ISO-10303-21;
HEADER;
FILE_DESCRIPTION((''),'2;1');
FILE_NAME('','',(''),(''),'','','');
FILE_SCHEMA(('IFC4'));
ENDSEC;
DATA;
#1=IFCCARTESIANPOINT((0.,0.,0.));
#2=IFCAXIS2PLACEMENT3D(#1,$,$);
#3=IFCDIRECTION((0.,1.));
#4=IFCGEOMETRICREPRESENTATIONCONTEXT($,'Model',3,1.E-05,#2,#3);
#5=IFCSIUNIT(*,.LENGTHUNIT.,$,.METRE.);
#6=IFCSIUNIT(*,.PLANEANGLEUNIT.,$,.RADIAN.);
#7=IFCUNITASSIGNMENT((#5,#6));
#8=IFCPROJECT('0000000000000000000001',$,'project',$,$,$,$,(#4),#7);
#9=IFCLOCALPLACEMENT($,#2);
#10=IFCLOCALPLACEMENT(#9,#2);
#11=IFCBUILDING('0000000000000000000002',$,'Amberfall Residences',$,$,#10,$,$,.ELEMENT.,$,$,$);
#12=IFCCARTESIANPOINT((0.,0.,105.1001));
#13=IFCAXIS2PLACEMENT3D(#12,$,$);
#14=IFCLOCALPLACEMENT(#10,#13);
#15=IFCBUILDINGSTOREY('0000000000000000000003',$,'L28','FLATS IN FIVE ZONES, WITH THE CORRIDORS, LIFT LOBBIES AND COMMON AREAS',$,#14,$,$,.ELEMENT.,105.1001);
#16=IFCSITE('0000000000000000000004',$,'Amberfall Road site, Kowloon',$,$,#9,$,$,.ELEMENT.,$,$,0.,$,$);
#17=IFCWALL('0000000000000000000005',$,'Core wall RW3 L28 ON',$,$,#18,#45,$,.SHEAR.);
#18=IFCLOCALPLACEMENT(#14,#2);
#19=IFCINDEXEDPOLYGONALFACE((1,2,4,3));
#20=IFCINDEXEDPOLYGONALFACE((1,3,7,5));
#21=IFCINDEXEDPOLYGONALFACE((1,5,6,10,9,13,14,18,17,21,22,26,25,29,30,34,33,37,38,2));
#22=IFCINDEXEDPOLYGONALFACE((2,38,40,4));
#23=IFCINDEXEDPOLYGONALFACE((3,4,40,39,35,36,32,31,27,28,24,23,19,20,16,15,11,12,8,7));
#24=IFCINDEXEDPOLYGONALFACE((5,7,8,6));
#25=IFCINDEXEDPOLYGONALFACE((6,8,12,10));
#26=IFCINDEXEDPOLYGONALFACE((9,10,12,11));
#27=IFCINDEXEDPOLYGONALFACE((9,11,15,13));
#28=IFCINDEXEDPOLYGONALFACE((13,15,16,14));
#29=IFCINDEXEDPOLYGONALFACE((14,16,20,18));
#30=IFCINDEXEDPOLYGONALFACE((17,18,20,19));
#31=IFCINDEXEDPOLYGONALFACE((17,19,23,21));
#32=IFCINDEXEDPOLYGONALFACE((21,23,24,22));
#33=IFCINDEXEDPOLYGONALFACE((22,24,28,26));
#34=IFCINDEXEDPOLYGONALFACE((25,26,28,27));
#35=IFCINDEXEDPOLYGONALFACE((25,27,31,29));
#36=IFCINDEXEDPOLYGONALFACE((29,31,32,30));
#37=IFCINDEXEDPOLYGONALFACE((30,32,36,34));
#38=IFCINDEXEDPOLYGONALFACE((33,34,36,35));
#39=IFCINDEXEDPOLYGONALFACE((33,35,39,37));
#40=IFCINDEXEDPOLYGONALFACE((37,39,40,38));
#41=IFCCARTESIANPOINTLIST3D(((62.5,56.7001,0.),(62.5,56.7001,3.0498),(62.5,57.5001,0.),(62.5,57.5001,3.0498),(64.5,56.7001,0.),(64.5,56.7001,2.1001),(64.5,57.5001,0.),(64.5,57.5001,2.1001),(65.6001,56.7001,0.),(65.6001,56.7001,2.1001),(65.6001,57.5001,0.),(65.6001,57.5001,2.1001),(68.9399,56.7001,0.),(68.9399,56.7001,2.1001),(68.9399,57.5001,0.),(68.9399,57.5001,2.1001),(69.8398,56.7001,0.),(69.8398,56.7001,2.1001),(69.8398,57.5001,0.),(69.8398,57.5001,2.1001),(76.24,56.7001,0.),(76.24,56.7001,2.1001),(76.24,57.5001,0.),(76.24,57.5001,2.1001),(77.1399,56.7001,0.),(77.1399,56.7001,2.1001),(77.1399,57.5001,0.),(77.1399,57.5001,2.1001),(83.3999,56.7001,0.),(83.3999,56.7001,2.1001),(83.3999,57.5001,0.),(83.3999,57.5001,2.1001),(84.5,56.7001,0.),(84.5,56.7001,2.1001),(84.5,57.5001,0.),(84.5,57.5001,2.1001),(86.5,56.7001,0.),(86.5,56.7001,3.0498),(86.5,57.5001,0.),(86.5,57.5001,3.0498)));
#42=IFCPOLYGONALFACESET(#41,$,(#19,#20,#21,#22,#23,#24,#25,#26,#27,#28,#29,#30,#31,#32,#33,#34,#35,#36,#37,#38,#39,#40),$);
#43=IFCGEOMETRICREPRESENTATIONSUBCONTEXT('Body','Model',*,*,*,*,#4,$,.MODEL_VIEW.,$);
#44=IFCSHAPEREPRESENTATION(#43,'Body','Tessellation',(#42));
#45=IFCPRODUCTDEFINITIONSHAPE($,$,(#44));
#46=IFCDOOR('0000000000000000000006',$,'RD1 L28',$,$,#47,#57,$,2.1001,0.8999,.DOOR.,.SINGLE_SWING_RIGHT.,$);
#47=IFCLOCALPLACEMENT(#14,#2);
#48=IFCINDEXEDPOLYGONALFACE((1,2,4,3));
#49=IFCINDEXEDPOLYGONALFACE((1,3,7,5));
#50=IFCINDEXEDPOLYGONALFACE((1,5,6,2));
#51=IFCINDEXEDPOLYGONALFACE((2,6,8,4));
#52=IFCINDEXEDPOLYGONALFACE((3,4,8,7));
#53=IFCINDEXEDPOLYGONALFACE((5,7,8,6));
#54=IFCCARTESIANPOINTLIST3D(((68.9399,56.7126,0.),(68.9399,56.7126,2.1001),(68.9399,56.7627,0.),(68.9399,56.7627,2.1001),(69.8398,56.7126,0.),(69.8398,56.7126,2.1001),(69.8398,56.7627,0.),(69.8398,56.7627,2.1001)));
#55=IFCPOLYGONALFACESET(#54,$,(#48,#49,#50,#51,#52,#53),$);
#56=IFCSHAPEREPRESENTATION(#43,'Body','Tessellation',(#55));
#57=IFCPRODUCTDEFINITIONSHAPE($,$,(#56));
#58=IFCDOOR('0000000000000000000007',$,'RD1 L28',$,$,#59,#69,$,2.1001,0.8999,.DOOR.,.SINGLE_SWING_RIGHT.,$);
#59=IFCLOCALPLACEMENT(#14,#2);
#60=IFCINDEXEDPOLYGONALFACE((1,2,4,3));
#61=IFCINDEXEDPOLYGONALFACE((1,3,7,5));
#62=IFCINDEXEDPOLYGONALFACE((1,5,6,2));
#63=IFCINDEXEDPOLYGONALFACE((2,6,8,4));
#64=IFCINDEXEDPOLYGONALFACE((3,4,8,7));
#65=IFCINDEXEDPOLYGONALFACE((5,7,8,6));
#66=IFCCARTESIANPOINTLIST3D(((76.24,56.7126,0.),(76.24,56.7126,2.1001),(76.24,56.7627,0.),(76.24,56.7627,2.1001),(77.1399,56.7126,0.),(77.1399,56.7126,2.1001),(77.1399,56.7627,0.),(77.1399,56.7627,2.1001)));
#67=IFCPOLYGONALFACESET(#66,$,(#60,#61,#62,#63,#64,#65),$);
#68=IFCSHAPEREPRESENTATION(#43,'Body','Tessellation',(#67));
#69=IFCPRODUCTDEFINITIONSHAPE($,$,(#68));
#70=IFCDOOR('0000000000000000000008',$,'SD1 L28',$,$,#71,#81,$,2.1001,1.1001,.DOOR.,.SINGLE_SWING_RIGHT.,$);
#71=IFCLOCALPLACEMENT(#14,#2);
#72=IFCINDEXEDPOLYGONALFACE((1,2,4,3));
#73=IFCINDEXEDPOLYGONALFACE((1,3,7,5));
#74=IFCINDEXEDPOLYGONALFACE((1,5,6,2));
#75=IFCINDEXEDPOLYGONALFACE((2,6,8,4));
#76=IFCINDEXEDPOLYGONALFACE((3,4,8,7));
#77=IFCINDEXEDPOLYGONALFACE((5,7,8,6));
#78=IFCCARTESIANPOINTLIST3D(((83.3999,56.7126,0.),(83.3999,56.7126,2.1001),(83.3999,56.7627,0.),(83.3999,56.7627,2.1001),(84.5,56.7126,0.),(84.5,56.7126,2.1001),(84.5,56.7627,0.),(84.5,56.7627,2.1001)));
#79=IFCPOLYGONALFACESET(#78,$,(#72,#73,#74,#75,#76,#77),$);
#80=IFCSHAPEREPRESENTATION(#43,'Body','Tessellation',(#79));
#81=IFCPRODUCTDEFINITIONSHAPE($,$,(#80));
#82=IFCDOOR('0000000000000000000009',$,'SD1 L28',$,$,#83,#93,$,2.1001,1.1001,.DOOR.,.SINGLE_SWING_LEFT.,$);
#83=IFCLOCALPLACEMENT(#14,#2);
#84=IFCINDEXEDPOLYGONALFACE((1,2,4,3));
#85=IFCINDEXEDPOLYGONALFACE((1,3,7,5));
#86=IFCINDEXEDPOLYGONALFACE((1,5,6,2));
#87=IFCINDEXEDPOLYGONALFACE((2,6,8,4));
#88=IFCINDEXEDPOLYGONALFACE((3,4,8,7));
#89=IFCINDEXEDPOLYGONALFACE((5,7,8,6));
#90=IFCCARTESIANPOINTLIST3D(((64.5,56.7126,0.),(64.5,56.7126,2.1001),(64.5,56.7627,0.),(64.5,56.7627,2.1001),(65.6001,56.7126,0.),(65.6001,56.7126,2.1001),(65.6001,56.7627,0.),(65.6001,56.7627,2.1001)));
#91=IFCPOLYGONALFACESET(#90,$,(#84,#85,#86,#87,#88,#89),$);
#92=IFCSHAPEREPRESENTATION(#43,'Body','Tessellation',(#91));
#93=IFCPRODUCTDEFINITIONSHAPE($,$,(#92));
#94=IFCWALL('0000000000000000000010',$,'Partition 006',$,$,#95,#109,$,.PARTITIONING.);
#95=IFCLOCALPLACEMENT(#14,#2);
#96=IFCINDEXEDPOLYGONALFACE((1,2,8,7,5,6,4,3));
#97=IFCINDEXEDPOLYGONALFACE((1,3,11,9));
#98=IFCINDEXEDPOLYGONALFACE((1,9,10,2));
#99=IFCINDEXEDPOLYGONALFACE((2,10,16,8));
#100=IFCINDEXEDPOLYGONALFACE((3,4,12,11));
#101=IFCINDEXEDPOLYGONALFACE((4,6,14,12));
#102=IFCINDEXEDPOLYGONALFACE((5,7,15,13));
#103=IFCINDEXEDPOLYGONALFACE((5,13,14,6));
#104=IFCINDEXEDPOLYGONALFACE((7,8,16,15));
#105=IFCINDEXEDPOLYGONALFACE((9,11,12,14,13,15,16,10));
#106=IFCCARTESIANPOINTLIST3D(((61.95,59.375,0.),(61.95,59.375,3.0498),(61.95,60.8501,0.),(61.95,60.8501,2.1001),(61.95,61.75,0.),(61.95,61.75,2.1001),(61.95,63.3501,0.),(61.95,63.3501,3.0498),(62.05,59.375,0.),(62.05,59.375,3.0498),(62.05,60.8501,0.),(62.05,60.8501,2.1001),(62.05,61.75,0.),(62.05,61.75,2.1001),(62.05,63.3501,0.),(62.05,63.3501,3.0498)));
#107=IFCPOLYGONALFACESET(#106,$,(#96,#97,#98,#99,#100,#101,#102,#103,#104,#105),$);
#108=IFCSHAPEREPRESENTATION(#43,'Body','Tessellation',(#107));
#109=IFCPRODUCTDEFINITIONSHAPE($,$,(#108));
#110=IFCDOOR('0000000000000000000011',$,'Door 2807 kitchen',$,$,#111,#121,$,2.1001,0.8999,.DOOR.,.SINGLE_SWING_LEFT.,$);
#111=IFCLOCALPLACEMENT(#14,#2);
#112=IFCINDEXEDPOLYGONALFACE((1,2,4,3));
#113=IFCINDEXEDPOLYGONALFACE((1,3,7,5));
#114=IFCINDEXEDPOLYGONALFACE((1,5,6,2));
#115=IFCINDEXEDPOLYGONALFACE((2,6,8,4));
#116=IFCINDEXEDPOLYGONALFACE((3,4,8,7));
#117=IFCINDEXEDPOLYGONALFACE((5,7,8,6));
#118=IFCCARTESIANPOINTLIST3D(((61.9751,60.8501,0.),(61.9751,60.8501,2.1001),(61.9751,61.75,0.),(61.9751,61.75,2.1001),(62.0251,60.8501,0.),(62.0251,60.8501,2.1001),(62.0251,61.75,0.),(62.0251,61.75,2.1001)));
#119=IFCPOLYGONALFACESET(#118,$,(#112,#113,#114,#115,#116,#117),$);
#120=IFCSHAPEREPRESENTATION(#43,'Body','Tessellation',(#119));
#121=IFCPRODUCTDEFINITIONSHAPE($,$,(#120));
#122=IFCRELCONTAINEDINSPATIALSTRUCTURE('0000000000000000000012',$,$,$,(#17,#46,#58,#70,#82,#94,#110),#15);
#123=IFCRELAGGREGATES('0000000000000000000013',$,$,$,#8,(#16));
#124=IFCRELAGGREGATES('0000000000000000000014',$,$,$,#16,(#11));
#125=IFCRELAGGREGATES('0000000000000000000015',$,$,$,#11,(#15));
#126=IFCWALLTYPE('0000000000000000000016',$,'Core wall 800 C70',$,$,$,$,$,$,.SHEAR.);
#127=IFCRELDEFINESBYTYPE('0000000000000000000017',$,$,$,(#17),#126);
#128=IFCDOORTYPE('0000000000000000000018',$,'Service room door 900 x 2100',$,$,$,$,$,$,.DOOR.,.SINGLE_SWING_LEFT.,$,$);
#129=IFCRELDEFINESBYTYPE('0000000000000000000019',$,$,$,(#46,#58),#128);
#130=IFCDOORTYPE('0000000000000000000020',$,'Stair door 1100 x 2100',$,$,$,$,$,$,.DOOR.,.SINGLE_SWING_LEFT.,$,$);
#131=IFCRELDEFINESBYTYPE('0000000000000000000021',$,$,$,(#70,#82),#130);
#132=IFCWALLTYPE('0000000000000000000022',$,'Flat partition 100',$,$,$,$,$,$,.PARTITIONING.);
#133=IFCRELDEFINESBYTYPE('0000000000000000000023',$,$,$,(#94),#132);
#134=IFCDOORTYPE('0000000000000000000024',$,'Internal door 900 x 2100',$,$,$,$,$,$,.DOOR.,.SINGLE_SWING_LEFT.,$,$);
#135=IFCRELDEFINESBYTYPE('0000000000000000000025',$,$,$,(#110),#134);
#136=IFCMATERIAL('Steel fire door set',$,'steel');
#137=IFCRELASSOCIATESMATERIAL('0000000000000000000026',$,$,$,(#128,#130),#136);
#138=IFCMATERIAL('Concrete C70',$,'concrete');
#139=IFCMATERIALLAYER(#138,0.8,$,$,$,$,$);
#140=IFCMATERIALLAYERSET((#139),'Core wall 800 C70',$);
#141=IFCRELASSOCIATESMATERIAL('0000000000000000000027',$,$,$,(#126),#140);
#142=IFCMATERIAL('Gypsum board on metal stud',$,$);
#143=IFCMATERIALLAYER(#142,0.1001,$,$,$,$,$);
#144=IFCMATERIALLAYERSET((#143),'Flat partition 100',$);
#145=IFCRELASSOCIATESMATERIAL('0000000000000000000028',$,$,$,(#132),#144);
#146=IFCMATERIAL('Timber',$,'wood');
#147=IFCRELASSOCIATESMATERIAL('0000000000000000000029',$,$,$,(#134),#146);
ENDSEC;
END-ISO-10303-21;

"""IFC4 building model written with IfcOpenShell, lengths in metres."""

from ifc_helpers import new_model, si_unit, direction, frame, frame_2d, origin, place, context, subcontext, project, spatial, rectangle, extrude, material, layer, layer_set, type_object, element, fill, save


model = new_model("IFC4")

# Units and contexts
model_context = context("Model", 3, precision=1e-05, world=origin(), true_north=direction((0.0, 1.0)))
body_context = subcontext(model_context, "Body", "Model", "MODEL_VIEW")
ifc_project = project(units=[si_unit("LENGTHUNIT", "METRE"), si_unit("PLANEANGLEUNIT", "RADIAN")], contexts=[model_context])

# Site, building, storey
site_placement = place(None, origin())
site = spatial("IfcSite", under=ifc_project, at=site_placement, Name="Amberfall Road site, Kowloon", CompositionType="ELEMENT", RefElevation=0.0)
building_placement = place(site_placement, origin())
building = spatial("IfcBuilding", under=site, at=building_placement, Name="Amberfall Residences", CompositionType="ELEMENT")
storey_placement = place(building_placement, frame((0.0, 0.0, 105.1001)))
storey = spatial("IfcBuildingStorey", under=building, at=storey_placement, Name="L28", Description="FLATS IN FIVE ZONES, WITH THE CORRIDORS, LIFT LOBBIES AND COMMON AREAS", CompositionType="ELEMENT", Elevation=105.1001)

# Shared definitions
ifc_material_1 = material(Name="Concrete C70", Category="concrete")
ifc_material_2 = material(Name="Steel fire door set", Category="steel")
door_type_1 = type_object("IfcDoorType", Name="Service room door 900 x 2100", OperationType="SINGLE_SWING_LEFT", PredefinedType="DOOR", material=ifc_material_2)

# Wall, openings, doors
ifc_layer_1 = layer(ifc_material_1, 0.8)
ifc_layer_set_1 = layer_set([ifc_layer_1], Name="Core wall 800 C70")
wall_type_1 = type_object("IfcWallType", Name="Core wall 800 C70", PredefinedType="SHEAR", material=ifc_layer_set_1)
wall_1_placement = place(storey_placement, frame((62.5, 57.1001, 0.0), z_axis=(0.0, 0.0, 1.0), x_axis=(1.0, 0.0, 0.0)))
wall_1 = element("IfcWall", 1, at=wall_1_placement, inside=storey, type_object=wall_type_1, Name="Core wall RW3 L28 ON", PredefinedType="SHEAR", context=body_context, shape_type="SweptSolid", body=[
    extrude(rectangle(XDim=24.0, YDim=0.8, at=frame_2d((12.0, 0.0))), origin(), (0.0, 0.0, 1.0), 3.0498),
])
opening_1_placement = place(wall_1_placement, frame((20.8999, 0.0, 0.0)))
opening_1 = element("IfcOpeningElement", 2, at=opening_1_placement, cuts=wall_1, PredefinedType="OPENING", context=body_context, shape_type="SweptSolid", body=[
    extrude(rectangle(XDim=1.1001, YDim=2.1001, at=frame_2d((0.55, 1.05))), frame((0.0, 0.4099, 0.0), z_axis=(0.0, -1.0, 0.0), x_axis=(1.0, 0.0, 0.0)), (0.0, 0.0, 1.0), 0.8201),
])
opening_2_placement = place(wall_1_placement, frame((2.0, 0.0, 0.0)))
opening_2 = element("IfcOpeningElement", 3, at=opening_2_placement, cuts=wall_1, PredefinedType="OPENING", context=body_context, shape_type="SweptSolid", body=[
    extrude(rectangle(XDim=1.1001, YDim=2.1001, at=frame_2d((0.55, 1.05))), frame((0.0, 0.4099, 0.0), z_axis=(0.0, -1.0, 0.0), x_axis=(1.0, 0.0, 0.0)), (0.0, 0.0, 1.0), 0.8201),
])
opening_3_placement = place(wall_1_placement, frame((6.4399, 0.0, 0.0)))
opening_3 = element("IfcOpeningElement", 4, at=opening_3_placement, cuts=wall_1, PredefinedType="OPENING", context=body_context, shape_type="SweptSolid", body=[
    extrude(rectangle(XDim=0.8999, YDim=2.1001, at=frame_2d((0.45, 1.05))), frame((0.0, 0.4099, 0.0), z_axis=(0.0, -1.0, 0.0), x_axis=(1.0, 0.0, 0.0)), (0.0, 0.0, 1.0), 0.8201),
])
opening_4_placement = place(wall_1_placement, frame((13.74, 0.0, 0.0)))
opening_4 = element("IfcOpeningElement", 5, at=opening_4_placement, cuts=wall_1, PredefinedType="OPENING", context=body_context, shape_type="SweptSolid", body=[
    extrude(rectangle(XDim=0.8999, YDim=2.1001, at=frame_2d((0.45, 1.05))), frame((0.0, 0.4099, 0.0), z_axis=(0.0, -1.0, 0.0), x_axis=(1.0, 0.0, 0.0)), (0.0, 0.0, 1.0), 0.8201),
])
door_1_placement = place(opening_3_placement, origin())
door_1 = element("IfcDoor", 6, at=door_1_placement, inside=storey, type_object=door_type_1, Name="RD1 L28", OperationType="SINGLE_SWING_RIGHT", OverallHeight=2.1001, OverallWidth=0.8999, PredefinedType="DOOR", context=body_context, shape_type="SweptSolid", body=[
    extrude(rectangle(XDim=0.8999, YDim=2.1001, at=frame_2d((0.45, 1.05))), frame((0.0, -0.3374, 0.0), z_axis=(0.0, -1.0, 0.0), x_axis=(1.0, 0.0, 0.0)), (0.0, 0.0, 1.0), 0.05),
])
fill(opening_3, door_1)
door_2_placement = place(opening_4_placement, origin())
door_2 = element("IfcDoor", 7, at=door_2_placement, inside=storey, type_object=door_type_1, Name="RD1 L28", OperationType="SINGLE_SWING_RIGHT", OverallHeight=2.1001, OverallWidth=0.8999, PredefinedType="DOOR", context=body_context, shape_type="SweptSolid", body=[
    extrude(rectangle(XDim=0.8999, YDim=2.1001, at=frame_2d((0.45, 1.05))), frame((0.0, -0.3374, 0.0), z_axis=(0.0, -1.0, 0.0), x_axis=(1.0, 0.0, 0.0)), (0.0, 0.0, 1.0), 0.05),
])
fill(opening_4, door_2)
door_type_2 = type_object("IfcDoorType", Name="Stair door 1100 x 2100", OperationType="SINGLE_SWING_LEFT", PredefinedType="DOOR", material=ifc_material_2)
door_3_placement = place(opening_1_placement, origin())
door_3 = element("IfcDoor", 8, at=door_3_placement, inside=storey, type_object=door_type_2, Name="SD1 L28", OperationType="SINGLE_SWING_RIGHT", OverallHeight=2.1001, OverallWidth=1.1001, PredefinedType="DOOR", context=body_context, shape_type="SweptSolid", body=[
    extrude(rectangle(XDim=1.1001, YDim=2.1001, at=frame_2d((0.55, 1.05))), frame((0.0, -0.3374, 0.0), z_axis=(0.0, -1.0, 0.0), x_axis=(1.0, 0.0, 0.0)), (0.0, 0.0, 1.0), 0.05),
])
fill(opening_1, door_3)
door_4_placement = place(opening_2_placement, origin())
door_4 = element("IfcDoor", 9, at=door_4_placement, inside=storey, type_object=door_type_2, Name="SD1 L28", OperationType="SINGLE_SWING_LEFT", OverallHeight=2.1001, OverallWidth=1.1001, PredefinedType="DOOR", context=body_context, shape_type="SweptSolid", body=[
    extrude(rectangle(XDim=1.1001, YDim=2.1001, at=frame_2d((0.55, 1.05))), frame((0.0, -0.3374, 0.0), z_axis=(0.0, -1.0, 0.0), x_axis=(1.0, 0.0, 0.0)), (0.0, 0.0, 1.0), 0.05),
])
fill(opening_2, door_4)

# Wall, opening, door
ifc_material_3 = material(Name="Gypsum board on metal stud")
ifc_layer_2 = layer(ifc_material_3, 0.1001)
ifc_layer_set_2 = layer_set([ifc_layer_2], Name="Flat partition 100")
wall_type_2 = type_object("IfcWallType", Name="Flat partition 100", PredefinedType="PARTITIONING", material=ifc_layer_set_2)
wall_2_placement = place(storey_placement, frame((62.0, 59.375, 0.0), z_axis=(0.0, 0.0, 1.0), x_axis=(0.0, 1.0, 0.0)))
wall_2 = element("IfcWall", 10, at=wall_2_placement, inside=storey, type_object=wall_type_2, Name="Partition 006", PredefinedType="PARTITIONING", context=body_context, shape_type="SweptSolid", body=[
    extrude(rectangle(XDim=3.9751, YDim=0.1001, at=frame_2d((1.9875, 0.0))), origin(), (0.0, 0.0, 1.0), 3.0498),
])
opening_5_placement = place(wall_2_placement, frame((1.4751, 0.0, 0.0)))
opening_5 = element("IfcOpeningElement", 11, at=opening_5_placement, cuts=wall_2, PredefinedType="OPENING", context=body_context, shape_type="SweptSolid", body=[
    extrude(rectangle(XDim=0.8999, YDim=2.1001, at=frame_2d((0.45, 1.05))), frame((0.0, 0.0601, 0.0), z_axis=(0.0, -1.0, 0.0), x_axis=(1.0, 0.0, 0.0)), (0.0, 0.0, 1.0), 0.1201),
])
ifc_material_4 = material(Name="Timber", Category="wood")
door_type_3 = type_object("IfcDoorType", Name="Internal door 900 x 2100", OperationType="SINGLE_SWING_LEFT", PredefinedType="DOOR", material=ifc_material_4)
door_5_placement = place(opening_5_placement, origin())
door_5 = element("IfcDoor", 12, at=door_5_placement, inside=storey, type_object=door_type_3, Name="Door 2807 kitchen", OperationType="SINGLE_SWING_LEFT", OverallHeight=2.1001, OverallWidth=0.8999, PredefinedType="DOOR", context=body_context, shape_type="SweptSolid", body=[
    extrude(rectangle(XDim=0.8999, YDim=2.1001, at=frame_2d((0.45, 1.05))), frame((0.0, 0.0249, 0.0), z_axis=(0.0, -1.0, 0.0), x_axis=(1.0, 0.0, 0.0)), (0.0, 0.0, 1.0), 0.05),
])
fill(opening_5, door_5)

save(model, "model.ifc")
